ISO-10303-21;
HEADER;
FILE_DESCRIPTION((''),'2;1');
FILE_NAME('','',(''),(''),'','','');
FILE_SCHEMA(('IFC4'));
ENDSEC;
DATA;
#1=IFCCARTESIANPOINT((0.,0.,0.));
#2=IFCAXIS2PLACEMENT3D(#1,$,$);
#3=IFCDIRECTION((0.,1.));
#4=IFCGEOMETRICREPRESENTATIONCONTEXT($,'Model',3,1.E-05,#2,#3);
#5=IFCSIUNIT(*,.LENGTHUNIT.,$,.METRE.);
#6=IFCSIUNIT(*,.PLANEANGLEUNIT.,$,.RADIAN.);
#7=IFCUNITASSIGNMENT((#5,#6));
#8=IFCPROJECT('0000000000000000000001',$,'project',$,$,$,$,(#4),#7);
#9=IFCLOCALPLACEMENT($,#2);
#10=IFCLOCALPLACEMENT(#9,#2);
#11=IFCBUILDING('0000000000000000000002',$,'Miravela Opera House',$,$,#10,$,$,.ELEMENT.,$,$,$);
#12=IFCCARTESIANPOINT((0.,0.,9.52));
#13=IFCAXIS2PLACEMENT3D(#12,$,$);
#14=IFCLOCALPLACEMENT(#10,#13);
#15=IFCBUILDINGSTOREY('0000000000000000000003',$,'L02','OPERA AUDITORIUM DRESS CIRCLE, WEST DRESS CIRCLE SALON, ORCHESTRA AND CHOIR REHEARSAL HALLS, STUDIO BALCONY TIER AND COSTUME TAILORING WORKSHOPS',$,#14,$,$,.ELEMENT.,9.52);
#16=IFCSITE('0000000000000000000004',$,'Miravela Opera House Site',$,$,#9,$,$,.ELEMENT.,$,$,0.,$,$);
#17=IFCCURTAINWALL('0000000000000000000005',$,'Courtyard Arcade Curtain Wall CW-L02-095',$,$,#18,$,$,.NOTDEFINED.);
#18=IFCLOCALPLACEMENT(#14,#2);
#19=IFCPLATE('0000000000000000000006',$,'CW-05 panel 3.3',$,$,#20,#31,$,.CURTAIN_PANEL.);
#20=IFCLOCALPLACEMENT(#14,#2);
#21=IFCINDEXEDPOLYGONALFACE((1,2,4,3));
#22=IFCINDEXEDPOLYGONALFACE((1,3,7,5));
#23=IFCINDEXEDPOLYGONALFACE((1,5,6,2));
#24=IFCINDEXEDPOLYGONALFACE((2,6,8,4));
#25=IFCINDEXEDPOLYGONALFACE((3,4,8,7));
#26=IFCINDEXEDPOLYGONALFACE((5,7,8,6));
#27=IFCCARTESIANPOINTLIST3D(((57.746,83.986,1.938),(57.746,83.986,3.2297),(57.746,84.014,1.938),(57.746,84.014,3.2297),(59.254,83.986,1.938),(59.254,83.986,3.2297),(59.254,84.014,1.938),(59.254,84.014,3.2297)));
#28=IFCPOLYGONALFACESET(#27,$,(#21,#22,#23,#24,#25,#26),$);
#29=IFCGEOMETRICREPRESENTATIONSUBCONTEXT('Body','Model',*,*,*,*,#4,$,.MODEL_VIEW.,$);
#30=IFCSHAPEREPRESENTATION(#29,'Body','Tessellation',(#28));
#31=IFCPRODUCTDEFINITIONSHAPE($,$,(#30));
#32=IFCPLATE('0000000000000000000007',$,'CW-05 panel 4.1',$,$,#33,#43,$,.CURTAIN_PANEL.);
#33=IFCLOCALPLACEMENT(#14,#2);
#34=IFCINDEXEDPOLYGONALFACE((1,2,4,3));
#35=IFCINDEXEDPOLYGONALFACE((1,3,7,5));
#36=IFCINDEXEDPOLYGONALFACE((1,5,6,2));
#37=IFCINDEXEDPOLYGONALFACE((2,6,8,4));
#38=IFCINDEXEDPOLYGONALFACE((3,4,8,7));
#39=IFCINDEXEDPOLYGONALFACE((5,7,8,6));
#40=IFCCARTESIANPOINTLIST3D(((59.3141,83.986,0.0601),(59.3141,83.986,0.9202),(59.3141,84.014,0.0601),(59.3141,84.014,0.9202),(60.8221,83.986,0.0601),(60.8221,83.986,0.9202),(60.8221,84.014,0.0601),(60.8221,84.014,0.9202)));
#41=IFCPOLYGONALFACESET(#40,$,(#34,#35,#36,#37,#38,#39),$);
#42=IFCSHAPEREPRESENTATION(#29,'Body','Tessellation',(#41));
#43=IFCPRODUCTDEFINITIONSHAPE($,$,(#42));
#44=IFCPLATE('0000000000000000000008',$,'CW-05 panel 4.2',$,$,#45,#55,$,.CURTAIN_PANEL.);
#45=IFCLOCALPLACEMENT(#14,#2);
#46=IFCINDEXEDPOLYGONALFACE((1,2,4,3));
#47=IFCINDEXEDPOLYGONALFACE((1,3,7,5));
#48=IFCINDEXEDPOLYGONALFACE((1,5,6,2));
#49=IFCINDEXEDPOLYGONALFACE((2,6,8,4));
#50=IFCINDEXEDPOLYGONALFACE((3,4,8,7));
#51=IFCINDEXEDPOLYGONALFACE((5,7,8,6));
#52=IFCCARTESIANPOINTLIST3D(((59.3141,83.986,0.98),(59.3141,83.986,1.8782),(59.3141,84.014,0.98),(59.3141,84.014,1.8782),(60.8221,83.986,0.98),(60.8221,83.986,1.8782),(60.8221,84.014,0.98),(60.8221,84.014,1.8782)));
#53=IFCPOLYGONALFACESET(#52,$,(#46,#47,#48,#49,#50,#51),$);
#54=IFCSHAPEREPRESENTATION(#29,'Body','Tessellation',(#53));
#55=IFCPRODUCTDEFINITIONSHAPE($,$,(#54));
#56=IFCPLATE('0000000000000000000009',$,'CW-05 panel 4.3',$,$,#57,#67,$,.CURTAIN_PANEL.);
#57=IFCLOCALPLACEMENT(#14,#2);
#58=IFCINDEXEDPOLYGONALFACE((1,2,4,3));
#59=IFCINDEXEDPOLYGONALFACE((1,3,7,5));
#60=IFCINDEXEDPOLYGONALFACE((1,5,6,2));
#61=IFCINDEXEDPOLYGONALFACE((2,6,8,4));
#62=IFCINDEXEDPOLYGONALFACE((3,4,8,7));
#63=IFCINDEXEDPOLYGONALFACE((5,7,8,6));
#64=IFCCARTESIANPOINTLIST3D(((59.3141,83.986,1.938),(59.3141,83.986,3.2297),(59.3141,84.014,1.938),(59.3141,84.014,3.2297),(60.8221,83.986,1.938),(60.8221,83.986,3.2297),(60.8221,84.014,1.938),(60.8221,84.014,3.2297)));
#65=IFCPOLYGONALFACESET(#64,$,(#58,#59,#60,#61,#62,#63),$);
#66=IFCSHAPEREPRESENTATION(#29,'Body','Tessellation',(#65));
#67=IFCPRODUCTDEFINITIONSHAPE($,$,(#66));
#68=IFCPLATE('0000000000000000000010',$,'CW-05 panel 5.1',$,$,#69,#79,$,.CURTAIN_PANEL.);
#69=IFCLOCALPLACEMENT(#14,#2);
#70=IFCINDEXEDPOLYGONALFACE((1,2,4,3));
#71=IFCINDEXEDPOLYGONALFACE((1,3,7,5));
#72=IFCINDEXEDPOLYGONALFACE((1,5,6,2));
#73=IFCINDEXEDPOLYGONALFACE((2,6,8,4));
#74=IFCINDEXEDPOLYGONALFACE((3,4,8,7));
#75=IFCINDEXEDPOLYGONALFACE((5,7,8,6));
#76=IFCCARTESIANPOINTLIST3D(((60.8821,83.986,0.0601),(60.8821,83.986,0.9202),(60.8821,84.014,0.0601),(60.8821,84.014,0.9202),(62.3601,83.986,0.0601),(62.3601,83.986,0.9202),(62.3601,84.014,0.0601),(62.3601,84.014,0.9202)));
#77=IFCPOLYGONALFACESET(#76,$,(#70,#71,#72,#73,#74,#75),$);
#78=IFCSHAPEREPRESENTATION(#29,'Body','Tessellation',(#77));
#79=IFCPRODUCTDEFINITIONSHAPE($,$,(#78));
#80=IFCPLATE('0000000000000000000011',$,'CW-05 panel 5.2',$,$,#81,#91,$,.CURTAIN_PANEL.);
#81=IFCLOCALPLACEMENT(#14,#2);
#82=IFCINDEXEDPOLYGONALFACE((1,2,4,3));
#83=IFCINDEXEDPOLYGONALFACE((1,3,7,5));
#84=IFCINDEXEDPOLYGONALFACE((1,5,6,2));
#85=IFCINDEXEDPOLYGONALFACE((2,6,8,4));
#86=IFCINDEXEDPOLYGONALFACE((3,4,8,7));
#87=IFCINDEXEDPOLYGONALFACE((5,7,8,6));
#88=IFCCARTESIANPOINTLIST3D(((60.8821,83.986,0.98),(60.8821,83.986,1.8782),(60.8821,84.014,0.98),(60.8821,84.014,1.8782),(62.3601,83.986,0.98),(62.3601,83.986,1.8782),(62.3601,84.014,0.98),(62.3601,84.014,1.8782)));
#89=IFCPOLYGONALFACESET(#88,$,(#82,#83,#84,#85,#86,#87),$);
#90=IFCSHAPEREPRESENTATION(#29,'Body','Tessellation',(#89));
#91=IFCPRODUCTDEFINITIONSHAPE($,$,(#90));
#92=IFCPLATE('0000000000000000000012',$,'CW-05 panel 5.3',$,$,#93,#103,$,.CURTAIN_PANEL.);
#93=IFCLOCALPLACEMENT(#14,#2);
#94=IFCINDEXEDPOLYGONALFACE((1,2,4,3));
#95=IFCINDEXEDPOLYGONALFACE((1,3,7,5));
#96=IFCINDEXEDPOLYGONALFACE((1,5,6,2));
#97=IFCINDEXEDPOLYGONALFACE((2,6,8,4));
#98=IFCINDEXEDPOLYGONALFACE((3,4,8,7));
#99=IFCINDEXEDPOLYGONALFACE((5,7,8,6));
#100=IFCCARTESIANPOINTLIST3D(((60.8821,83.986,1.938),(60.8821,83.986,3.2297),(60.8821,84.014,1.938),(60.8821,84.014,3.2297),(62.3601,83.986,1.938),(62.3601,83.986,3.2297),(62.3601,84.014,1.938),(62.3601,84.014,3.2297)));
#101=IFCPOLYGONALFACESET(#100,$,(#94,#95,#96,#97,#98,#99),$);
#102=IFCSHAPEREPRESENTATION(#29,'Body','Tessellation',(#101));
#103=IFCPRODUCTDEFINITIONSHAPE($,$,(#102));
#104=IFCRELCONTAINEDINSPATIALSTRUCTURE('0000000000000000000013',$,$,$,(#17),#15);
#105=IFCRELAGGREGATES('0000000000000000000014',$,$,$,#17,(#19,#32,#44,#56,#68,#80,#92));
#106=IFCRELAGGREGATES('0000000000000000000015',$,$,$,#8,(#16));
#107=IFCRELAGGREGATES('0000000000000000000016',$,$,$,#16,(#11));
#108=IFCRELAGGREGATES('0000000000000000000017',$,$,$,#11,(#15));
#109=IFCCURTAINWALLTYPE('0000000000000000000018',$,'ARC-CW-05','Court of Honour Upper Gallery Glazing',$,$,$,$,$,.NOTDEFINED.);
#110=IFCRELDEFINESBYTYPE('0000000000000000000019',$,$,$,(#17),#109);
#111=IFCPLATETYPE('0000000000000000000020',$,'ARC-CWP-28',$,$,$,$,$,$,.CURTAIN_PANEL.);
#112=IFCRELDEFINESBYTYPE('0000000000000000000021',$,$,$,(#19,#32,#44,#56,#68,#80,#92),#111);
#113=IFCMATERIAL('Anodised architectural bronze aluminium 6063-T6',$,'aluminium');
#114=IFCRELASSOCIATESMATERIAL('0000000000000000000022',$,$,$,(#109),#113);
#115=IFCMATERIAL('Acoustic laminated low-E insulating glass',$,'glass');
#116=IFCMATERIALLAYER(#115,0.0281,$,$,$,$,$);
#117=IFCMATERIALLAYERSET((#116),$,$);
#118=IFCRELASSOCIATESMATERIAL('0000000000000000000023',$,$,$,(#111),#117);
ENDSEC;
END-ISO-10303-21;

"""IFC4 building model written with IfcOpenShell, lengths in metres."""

from ifc_helpers import new_model, si_unit, direction, frame, origin, origin_2d, place, context, subcontext, project, spatial, rectangle, extrude, material, layer, layer_set, type_object, element, aggregate, save


model = new_model("IFC4")

# Units and contexts
model_context = context("Model", 3, precision=1e-05, world=origin(), true_north=direction((0.0, 1.0)))
body_context = subcontext(model_context, "Body", "Model", "MODEL_VIEW")
ifc_project = project(units=[si_unit("LENGTHUNIT", "METRE"), si_unit("PLANEANGLEUNIT", "RADIAN")], contexts=[model_context])

# Site, building, storey
site_placement = place(None, origin())
site = spatial("IfcSite", under=ifc_project, at=site_placement, Name="Miravela Opera House Site", CompositionType="ELEMENT", RefElevation=0.0)
building_placement = place(site_placement, origin())
building = spatial("IfcBuilding", under=site, at=building_placement, Name="Miravela Opera House", CompositionType="ELEMENT")
storey_placement = place(building_placement, frame((0.0, 0.0, 9.52)))
storey = spatial("IfcBuildingStorey", under=building, at=storey_placement, Name="L02", Description="OPERA AUDITORIUM DRESS CIRCLE, WEST DRESS CIRCLE SALON, ORCHESTRA AND CHOIR REHEARSAL HALLS, STUDIO BALCONY TIER AND COSTUME TAILORING WORKSHOPS", CompositionType="ELEMENT", Elevation=9.52)

# Curtain wall
ifc_material_1 = material(Name="Anodised architectural bronze aluminium 6063-T6", Category="aluminium")
curtain_wall_type = type_object("IfcCurtainWallType", Name="ARC-CW-05", Description="Court of Honour Upper Gallery Glazing", PredefinedType="NOTDEFINED", material=ifc_material_1)
curtain_wall_1_placement = place(storey_placement, origin())
curtain_wall_1 = element("IfcCurtainWall", 1, at=curtain_wall_1_placement, inside=storey, type_object=curtain_wall_type, Name="Courtyard Arcade Curtain Wall CW-L02-095", PredefinedType="NOTDEFINED")

# Plates
ifc_material_2 = material(Name="Acoustic laminated low-E insulating glass", Category="glass")
ifc_layer = layer(ifc_material_2, 0.0281)
ifc_layer_set = layer_set([ifc_layer])
plate_type = type_object("IfcPlateType", Name="ARC-CWP-28", PredefinedType="CURTAIN_PANEL", material=ifc_layer_set)
plate_1_placement = place(storey_placement, frame((58.5, 84.0, 1.938), z_axis=(0.0, 0.0, 1.0), x_axis=(1.0, 0.0, 0.0)))
plate_1 = element("IfcPlate", 2, at=plate_1_placement, type_object=plate_type, Name="CW-05 panel 3.3", PredefinedType="CURTAIN_PANEL", context=body_context, shape_type="SweptSolid", body=[
    extrude(rectangle(XDim=1.5081, YDim=0.0281, at=origin_2d()), origin(), (0.0, 0.0, 1.0), 1.2917),
])
plate_2_placement = place(storey_placement, frame((60.0681, 84.0, 0.0601), z_axis=(0.0, 0.0, 1.0), x_axis=(1.0, 0.0, 0.0)))
plate_2 = element("IfcPlate", 3, at=plate_2_placement, type_object=plate_type, Name="CW-05 panel 4.1", PredefinedType="CURTAIN_PANEL", context=body_context, shape_type="SweptSolid", body=[
    extrude(rectangle(XDim=1.5081, YDim=0.0281, at=origin_2d()), origin(), (0.0, 0.0, 1.0), 0.8601),
])
plate_3_placement = place(storey_placement, frame((60.0681, 84.0, 0.98), z_axis=(0.0, 0.0, 1.0), x_axis=(1.0, 0.0, 0.0)))
plate_3 = element("IfcPlate", 4, at=plate_3_placement, type_object=plate_type, Name="CW-05 panel 4.2", PredefinedType="CURTAIN_PANEL", context=body_context, shape_type="SweptSolid", body=[
    extrude(rectangle(XDim=1.5081, YDim=0.0281, at=origin_2d()), origin(), (0.0, 0.0, 1.0), 0.8982),
])
plate_4_placement = place(storey_placement, frame((60.0681, 84.0, 1.938), z_axis=(0.0, 0.0, 1.0), x_axis=(1.0, 0.0, 0.0)))
plate_4 = element("IfcPlate", 5, at=plate_4_placement, type_object=plate_type, Name="CW-05 panel 4.3", PredefinedType="CURTAIN_PANEL", context=body_context, shape_type="SweptSolid", body=[
    extrude(rectangle(XDim=1.5081, YDim=0.0281, at=origin_2d()), origin(), (0.0, 0.0, 1.0), 1.2917),
])
plate_5_placement = place(storey_placement, frame((61.6211, 84.0, 0.0601), z_axis=(0.0, 0.0, 1.0), x_axis=(1.0, 0.0, 0.0)))
plate_5 = element("IfcPlate", 6, at=plate_5_placement, type_object=plate_type, Name="CW-05 panel 5.1", PredefinedType="CURTAIN_PANEL", context=body_context, shape_type="SweptSolid", body=[
    extrude(rectangle(XDim=1.478, YDim=0.0281, at=origin_2d()), origin(), (0.0, 0.0, 1.0), 0.8601),
])
plate_6_placement = place(storey_placement, frame((61.6211, 84.0, 0.98), z_axis=(0.0, 0.0, 1.0), x_axis=(1.0, 0.0, 0.0)))
plate_6 = element("IfcPlate", 7, at=plate_6_placement, type_object=plate_type, Name="CW-05 panel 5.2", PredefinedType="CURTAIN_PANEL", context=body_context, shape_type="SweptSolid", body=[
    extrude(rectangle(XDim=1.478, YDim=0.0281, at=origin_2d()), origin(), (0.0, 0.0, 1.0), 0.8982),
])
plate_7_placement = place(storey_placement, frame((61.6211, 84.0, 1.938), z_axis=(0.0, 0.0, 1.0), x_axis=(1.0, 0.0, 0.0)))
plate_7 = element("IfcPlate", 8, at=plate_7_placement, type_object=plate_type, Name="CW-05 panel 5.3", PredefinedType="CURTAIN_PANEL", context=body_context, shape_type="SweptSolid", body=[
    extrude(rectangle(XDim=1.478, YDim=0.0281, at=origin_2d()), origin(), (0.0, 0.0, 1.0), 1.2917),
])
aggregate(curtain_wall_1, [plate_1, plate_2, plate_3, plate_4, plate_5, plate_6, plate_7])

save(model, "model.ifc")
